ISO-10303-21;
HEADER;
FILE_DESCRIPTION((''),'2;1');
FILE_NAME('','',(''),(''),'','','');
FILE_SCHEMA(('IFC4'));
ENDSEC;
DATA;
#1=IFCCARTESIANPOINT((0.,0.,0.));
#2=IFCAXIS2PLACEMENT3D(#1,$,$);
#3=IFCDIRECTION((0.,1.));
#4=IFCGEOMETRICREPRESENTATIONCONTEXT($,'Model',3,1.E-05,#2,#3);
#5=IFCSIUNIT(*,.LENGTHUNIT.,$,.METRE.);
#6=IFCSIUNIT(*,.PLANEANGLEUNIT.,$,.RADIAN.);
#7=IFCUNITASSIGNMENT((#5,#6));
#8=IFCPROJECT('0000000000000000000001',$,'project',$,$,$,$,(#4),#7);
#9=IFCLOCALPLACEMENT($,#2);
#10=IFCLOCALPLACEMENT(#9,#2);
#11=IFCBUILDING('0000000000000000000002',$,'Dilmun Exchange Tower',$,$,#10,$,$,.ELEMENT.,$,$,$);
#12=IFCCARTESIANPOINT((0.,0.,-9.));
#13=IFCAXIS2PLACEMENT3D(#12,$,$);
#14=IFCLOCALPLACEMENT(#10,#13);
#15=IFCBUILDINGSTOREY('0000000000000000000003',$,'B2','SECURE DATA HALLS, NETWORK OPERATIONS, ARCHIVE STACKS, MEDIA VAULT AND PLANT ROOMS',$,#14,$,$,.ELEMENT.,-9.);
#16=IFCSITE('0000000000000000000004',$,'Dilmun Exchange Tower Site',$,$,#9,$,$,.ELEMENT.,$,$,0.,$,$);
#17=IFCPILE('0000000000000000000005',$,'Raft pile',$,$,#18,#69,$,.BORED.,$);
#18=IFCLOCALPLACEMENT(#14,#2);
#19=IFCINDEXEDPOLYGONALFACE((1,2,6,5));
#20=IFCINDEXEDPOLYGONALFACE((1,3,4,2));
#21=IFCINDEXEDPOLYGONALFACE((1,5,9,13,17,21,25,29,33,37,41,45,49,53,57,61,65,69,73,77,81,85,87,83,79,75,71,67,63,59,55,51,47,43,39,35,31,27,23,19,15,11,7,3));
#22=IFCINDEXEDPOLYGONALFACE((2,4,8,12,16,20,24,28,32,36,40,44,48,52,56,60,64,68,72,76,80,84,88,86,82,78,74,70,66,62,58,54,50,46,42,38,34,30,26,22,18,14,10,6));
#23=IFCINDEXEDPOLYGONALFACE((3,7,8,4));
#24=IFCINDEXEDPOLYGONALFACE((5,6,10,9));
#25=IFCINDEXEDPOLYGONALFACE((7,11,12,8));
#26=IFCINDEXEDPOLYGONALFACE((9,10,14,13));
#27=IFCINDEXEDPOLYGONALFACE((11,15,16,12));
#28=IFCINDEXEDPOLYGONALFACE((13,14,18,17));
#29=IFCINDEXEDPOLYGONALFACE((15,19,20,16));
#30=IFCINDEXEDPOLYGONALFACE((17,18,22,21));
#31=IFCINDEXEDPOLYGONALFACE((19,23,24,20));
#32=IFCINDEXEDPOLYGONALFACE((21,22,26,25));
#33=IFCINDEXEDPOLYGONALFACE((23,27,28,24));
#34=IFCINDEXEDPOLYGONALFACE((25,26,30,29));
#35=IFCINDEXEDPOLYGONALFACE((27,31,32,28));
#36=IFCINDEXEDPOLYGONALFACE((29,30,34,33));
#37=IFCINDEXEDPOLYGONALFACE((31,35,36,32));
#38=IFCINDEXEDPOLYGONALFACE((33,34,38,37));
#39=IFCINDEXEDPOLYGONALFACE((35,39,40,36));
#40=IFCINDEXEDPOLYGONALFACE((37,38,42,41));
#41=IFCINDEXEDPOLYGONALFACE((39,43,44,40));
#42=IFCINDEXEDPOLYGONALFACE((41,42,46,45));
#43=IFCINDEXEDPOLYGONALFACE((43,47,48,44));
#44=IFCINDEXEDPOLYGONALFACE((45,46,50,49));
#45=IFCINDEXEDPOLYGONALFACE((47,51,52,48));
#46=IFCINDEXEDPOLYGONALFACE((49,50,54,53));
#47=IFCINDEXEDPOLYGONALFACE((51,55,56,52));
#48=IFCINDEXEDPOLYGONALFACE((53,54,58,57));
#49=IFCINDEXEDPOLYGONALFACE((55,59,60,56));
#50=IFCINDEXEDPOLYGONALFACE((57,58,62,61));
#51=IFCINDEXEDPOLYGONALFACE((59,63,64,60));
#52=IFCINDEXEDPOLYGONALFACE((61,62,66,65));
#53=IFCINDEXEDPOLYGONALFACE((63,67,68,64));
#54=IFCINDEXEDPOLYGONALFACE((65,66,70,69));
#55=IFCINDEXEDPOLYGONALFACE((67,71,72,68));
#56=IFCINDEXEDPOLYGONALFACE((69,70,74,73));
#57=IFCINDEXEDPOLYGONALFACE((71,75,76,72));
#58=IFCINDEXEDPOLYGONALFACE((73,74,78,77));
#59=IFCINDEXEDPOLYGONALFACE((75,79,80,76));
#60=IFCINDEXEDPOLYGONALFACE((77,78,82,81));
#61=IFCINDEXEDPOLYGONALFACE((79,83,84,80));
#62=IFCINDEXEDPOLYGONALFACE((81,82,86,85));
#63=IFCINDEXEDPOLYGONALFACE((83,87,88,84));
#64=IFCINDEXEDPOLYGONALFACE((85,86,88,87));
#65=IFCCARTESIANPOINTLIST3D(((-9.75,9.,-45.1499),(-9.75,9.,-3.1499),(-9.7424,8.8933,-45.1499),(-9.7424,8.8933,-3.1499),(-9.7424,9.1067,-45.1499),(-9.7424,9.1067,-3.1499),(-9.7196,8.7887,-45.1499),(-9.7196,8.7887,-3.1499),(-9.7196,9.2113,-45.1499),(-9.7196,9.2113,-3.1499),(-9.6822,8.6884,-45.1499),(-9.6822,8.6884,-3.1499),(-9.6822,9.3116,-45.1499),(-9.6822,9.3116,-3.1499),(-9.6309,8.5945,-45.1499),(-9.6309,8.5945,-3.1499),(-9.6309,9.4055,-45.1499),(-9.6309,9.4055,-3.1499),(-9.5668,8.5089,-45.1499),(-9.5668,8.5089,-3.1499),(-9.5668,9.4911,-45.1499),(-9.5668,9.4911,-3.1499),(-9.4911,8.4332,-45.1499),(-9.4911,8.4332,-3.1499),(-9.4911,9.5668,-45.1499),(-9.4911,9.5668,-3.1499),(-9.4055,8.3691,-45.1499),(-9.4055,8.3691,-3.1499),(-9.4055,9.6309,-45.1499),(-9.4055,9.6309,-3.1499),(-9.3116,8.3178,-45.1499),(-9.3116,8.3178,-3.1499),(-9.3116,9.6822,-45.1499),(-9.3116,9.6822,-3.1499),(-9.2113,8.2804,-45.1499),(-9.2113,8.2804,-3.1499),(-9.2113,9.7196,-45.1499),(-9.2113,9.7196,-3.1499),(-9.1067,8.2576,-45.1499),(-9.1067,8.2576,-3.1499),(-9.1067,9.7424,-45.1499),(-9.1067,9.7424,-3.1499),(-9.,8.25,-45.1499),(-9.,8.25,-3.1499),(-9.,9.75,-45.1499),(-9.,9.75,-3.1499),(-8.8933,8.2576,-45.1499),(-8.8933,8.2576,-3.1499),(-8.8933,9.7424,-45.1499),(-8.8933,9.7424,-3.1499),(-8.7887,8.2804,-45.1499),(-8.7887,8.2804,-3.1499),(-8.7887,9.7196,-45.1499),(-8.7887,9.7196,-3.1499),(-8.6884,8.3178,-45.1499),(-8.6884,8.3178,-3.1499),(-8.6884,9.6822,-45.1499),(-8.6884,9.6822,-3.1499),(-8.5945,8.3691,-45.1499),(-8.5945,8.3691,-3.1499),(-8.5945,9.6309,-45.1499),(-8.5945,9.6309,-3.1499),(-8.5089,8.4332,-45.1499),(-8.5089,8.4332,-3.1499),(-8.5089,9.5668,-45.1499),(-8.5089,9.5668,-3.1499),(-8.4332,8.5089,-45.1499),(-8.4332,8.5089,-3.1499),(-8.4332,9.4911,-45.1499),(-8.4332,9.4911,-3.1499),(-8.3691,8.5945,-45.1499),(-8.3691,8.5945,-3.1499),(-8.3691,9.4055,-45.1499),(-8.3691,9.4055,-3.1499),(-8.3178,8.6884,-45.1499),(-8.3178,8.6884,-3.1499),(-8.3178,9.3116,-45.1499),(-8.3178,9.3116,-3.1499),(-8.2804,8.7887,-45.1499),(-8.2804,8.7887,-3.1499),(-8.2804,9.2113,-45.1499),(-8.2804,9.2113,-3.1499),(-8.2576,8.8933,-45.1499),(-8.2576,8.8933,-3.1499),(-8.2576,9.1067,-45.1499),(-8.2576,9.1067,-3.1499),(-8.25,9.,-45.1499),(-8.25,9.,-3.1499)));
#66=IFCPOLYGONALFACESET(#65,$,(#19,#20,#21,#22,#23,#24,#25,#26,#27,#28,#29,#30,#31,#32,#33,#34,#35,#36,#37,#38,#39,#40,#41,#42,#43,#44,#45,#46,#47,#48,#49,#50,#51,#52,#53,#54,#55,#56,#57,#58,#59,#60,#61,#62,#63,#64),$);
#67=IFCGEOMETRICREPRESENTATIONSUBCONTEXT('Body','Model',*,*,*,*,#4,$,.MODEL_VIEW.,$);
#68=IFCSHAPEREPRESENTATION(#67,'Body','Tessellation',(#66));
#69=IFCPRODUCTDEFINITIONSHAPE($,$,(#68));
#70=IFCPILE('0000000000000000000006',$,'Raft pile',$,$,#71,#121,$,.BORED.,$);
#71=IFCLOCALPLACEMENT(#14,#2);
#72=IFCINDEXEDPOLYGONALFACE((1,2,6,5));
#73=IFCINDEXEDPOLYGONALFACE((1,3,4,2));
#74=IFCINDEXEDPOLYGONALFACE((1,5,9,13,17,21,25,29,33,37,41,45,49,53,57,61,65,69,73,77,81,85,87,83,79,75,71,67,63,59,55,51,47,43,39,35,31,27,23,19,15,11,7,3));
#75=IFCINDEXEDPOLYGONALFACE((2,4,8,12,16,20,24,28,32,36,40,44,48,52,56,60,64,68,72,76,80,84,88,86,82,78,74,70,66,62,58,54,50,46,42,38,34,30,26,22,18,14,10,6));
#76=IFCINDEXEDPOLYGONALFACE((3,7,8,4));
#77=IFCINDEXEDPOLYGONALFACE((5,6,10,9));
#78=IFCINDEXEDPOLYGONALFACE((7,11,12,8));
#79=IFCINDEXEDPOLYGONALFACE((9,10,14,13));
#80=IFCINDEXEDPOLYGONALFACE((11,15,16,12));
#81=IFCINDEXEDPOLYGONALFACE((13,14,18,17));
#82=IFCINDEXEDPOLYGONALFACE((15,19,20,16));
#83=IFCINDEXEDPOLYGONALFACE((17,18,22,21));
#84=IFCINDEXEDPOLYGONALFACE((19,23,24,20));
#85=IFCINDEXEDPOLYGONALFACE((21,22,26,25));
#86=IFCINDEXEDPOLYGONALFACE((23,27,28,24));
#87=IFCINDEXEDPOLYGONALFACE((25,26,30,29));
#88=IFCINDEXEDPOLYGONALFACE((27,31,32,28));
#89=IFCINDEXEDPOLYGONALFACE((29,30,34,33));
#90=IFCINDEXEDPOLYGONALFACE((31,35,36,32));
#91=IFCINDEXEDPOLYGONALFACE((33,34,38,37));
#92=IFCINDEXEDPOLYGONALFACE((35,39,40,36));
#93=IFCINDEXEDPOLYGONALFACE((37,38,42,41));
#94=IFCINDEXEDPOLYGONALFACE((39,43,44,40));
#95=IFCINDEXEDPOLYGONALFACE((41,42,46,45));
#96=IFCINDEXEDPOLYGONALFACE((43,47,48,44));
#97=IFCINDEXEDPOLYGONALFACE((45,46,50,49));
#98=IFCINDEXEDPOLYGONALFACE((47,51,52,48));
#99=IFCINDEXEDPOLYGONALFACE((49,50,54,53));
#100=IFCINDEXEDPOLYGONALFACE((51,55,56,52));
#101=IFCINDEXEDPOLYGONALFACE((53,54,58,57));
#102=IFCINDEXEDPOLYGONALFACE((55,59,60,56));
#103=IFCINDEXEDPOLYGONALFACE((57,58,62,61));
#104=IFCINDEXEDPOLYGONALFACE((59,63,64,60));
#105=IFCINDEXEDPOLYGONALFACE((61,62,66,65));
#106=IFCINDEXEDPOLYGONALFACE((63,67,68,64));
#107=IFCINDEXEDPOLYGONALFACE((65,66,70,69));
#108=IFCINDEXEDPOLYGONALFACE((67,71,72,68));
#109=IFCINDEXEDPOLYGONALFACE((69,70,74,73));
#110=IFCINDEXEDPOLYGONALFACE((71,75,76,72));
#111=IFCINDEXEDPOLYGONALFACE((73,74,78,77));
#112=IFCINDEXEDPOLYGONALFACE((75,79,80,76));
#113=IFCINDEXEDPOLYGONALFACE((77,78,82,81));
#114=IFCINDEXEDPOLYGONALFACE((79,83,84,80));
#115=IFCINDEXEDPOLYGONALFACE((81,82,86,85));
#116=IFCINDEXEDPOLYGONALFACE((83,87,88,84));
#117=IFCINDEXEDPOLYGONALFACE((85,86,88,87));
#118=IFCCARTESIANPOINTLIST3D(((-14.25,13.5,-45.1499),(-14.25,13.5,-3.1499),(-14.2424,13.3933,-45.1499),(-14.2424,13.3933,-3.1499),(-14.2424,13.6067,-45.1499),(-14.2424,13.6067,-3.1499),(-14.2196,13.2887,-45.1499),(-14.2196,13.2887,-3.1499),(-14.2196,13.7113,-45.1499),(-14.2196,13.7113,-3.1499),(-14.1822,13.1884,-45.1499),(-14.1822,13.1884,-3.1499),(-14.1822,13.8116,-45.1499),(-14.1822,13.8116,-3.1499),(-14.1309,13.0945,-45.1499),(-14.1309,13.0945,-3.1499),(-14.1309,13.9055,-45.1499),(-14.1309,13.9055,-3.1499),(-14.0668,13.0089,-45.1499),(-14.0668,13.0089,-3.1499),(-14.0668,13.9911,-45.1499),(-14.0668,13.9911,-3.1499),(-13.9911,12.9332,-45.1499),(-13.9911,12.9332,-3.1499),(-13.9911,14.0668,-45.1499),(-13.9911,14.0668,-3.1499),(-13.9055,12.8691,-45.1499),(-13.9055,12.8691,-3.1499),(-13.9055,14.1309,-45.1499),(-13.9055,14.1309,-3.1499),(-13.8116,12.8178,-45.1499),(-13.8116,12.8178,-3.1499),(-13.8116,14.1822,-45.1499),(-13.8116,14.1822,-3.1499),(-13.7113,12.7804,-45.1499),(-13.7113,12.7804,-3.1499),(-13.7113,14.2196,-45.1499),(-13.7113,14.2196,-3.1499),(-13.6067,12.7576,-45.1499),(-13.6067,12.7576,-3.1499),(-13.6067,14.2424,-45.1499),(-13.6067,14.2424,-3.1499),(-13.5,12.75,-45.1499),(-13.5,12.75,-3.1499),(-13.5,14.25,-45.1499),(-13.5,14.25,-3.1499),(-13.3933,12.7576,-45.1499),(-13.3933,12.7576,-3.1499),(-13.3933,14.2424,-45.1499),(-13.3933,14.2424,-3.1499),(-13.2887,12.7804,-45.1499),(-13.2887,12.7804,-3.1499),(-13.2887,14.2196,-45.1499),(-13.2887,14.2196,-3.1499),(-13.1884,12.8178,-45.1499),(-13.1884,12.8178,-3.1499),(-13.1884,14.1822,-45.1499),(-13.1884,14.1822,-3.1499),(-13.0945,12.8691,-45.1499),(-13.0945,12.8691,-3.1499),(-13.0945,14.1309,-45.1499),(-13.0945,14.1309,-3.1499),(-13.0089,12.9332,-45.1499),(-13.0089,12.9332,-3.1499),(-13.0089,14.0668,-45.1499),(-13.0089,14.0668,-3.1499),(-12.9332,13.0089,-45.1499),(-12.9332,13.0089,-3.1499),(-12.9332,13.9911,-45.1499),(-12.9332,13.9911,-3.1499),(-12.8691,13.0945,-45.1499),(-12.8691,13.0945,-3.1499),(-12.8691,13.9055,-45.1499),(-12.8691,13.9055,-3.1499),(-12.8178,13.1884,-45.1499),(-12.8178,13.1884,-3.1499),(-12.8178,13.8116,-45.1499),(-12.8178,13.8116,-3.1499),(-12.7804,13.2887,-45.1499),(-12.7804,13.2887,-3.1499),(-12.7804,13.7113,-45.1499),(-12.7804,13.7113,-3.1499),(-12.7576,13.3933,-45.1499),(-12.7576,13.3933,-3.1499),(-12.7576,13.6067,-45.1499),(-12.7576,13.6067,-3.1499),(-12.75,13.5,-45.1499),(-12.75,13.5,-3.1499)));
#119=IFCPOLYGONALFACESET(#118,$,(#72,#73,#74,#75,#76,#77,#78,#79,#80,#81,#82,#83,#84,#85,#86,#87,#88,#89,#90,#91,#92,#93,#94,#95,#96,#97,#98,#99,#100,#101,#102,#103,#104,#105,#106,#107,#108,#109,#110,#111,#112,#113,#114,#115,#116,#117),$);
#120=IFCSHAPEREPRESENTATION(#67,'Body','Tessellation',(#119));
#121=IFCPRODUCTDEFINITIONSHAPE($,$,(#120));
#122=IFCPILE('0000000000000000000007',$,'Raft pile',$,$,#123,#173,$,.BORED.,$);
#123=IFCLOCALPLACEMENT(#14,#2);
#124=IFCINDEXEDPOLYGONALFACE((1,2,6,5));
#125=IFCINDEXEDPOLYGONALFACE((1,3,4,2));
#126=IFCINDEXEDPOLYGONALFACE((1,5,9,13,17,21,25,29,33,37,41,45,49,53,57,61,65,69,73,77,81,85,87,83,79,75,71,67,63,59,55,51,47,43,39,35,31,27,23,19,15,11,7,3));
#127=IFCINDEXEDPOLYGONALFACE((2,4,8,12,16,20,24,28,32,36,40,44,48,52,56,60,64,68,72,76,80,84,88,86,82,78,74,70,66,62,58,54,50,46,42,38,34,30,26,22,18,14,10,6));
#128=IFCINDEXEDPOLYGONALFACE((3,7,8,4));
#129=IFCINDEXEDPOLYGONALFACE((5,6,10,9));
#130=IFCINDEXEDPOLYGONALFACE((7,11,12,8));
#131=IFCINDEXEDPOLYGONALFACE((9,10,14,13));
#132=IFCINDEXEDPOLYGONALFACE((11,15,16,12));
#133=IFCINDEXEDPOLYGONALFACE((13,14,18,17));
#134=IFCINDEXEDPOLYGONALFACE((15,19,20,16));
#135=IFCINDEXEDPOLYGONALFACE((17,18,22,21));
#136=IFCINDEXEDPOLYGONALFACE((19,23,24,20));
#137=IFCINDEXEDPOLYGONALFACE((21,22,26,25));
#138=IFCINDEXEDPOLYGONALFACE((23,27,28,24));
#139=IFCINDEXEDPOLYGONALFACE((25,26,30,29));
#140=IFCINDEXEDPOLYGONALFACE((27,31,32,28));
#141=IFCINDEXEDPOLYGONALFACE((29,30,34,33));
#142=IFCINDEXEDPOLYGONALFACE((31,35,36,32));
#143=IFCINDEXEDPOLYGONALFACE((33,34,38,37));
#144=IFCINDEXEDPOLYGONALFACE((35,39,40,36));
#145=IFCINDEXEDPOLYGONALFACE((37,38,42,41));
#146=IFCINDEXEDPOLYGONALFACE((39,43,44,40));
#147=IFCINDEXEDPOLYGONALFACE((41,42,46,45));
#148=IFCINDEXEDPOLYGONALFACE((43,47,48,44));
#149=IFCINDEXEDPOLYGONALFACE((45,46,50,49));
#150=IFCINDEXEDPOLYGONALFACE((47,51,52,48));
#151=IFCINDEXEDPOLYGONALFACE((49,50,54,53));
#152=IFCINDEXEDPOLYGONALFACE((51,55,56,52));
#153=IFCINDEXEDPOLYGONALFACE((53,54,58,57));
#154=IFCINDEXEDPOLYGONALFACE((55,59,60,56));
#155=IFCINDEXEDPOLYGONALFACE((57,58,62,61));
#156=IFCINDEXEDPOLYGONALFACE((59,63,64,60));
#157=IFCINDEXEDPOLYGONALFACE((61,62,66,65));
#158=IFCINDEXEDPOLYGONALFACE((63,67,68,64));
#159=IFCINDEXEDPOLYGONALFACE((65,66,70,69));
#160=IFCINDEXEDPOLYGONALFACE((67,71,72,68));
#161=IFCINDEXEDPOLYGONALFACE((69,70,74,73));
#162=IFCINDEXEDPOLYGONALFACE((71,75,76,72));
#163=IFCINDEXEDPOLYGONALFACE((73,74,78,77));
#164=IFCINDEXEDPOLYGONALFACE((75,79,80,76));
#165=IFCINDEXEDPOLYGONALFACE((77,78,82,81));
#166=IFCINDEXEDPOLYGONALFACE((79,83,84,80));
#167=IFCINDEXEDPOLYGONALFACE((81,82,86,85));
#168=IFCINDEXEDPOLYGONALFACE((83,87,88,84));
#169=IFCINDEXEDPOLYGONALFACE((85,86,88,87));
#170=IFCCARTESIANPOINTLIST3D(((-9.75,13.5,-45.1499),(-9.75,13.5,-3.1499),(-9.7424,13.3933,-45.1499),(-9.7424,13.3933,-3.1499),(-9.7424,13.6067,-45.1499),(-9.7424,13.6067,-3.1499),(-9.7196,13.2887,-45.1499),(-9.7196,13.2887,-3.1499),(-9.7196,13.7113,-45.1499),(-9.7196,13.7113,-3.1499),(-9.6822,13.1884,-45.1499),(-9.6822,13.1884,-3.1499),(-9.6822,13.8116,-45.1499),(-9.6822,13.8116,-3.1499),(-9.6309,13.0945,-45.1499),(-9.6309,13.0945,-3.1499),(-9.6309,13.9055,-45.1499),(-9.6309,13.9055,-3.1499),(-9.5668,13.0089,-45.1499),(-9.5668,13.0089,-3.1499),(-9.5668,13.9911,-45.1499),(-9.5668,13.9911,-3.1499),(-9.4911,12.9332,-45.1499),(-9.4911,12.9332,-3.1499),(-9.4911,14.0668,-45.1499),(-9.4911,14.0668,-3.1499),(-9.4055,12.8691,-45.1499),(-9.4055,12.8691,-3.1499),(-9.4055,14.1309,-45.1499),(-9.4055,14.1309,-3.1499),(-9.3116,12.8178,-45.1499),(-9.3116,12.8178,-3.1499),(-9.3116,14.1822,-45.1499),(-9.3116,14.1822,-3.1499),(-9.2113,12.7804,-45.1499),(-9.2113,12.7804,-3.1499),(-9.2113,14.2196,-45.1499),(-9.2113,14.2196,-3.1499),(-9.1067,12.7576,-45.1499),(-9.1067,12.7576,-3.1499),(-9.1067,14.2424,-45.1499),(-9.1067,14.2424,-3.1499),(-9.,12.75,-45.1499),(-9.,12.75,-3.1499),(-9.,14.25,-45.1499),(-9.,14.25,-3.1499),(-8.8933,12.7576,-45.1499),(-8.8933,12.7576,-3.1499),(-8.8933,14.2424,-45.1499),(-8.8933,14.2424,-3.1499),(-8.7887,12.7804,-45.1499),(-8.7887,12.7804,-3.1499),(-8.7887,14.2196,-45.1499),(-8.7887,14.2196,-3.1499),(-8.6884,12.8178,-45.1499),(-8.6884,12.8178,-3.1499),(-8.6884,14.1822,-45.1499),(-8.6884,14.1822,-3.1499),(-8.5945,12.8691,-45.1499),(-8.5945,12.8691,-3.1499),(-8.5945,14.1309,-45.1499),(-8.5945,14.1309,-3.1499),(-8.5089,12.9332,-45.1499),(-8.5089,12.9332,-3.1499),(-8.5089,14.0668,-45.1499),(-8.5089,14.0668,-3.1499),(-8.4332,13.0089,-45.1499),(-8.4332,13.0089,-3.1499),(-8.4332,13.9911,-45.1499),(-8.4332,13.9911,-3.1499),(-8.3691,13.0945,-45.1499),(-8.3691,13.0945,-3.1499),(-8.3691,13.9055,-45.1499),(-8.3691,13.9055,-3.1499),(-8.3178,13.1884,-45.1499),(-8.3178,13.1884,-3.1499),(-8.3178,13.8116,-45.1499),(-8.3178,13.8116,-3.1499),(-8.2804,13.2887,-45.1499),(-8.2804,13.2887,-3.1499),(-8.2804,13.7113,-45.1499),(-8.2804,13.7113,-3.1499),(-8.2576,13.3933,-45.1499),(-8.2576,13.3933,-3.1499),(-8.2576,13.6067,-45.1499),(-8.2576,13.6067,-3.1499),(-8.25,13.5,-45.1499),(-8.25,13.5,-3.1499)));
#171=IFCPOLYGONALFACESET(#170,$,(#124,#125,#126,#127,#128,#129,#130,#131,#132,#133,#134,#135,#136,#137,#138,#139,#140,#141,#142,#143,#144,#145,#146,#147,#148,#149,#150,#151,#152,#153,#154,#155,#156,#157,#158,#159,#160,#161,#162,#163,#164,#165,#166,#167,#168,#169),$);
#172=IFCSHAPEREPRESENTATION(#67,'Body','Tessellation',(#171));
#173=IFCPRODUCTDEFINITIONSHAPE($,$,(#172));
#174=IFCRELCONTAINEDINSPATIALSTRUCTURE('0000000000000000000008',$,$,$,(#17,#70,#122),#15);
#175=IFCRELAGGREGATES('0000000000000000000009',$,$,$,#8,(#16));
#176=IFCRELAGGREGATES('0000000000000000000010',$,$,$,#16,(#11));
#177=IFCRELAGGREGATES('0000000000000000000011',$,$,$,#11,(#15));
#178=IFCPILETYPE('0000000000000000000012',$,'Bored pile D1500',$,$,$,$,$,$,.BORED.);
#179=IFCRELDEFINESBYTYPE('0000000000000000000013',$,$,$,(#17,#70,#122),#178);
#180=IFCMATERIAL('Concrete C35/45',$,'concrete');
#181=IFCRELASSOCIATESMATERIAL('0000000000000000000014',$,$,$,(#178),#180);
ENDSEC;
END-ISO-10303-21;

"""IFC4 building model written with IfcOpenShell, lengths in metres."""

from ifc_helpers import new_model, si_unit, direction, frame, origin, origin_2d, place, context, subcontext, project, spatial, circle, extrude, material, material_profile, profile_set, type_object, element, save


model = new_model("IFC4")

# Units and contexts
model_context = context("Model", 3, precision=1e-05, world=origin(), true_north=direction((0.0, 1.0)))
body_context = subcontext(model_context, "Body", "Model", "MODEL_VIEW")
ifc_project = project(units=[si_unit("LENGTHUNIT", "METRE"), si_unit("PLANEANGLEUNIT", "RADIAN")], contexts=[model_context])

# Site, building, storey
site_placement = place(None, origin())
site = spatial("IfcSite", under=ifc_project, at=site_placement, Name="Dilmun Exchange Tower Site", CompositionType="ELEMENT", RefElevation=0.0)
building_placement = place(site_placement, origin())
building = spatial("IfcBuilding", under=site, at=building_placement, Name="Dilmun Exchange Tower", CompositionType="ELEMENT")
storey_placement = place(building_placement, frame((0.0, 0.0, -9.0)))
storey = spatial("IfcBuildingStorey", under=building, at=storey_placement, Name="B2", Description="SECURE DATA HALLS, NETWORK OPERATIONS, ARCHIVE STACKS, MEDIA VAULT AND PLANT ROOMS", CompositionType="ELEMENT", Elevation=-9.0)

# Piles
ifc_material_1 = material(Name="Concrete C35/45", Category="concrete")
ifc_material_profile_1 = material_profile(ifc_material_1, circle(Radius=0.75, at=origin_2d()), Name="D1500")
ifc_profile_set_1 = profile_set([ifc_material_profile_1], Name="Concrete C35/45")
pile_type = type_object("IfcPileType", Name="Bored pile D1500", PredefinedType="BORED", material=ifc_profile_set_1)
for number, where, z_axis, x_axis, name in (
    (1, (-9.0, 9.0, -3.1499), (0.0, 0.0, -1.0), (1.0, 0.0, 0.0), "Raft pile"),
    (2, (-13.5, 13.5, -3.1499), (0.0, 0.0, -1.0), (1.0, 0.0, 0.0), "Raft pile"),
    (3, (-9.0, 13.5, -3.1499), (0.0, 0.0, -1.0), (1.0, 0.0, 0.0), "Raft pile"),
):
    element("IfcPile", number, at=place(storey_placement, frame(where, z_axis=z_axis, x_axis=x_axis)), inside=storey, type_object=pile_type, Name=name, PredefinedType="BORED", context=body_context, shape_type="SweptSolid", body=[
        extrude(circle(Radius=0.75, at=origin_2d()), origin(), (0.0, 0.0, 1.0), 42.0),
    ])

save(model, "model.ifc")
